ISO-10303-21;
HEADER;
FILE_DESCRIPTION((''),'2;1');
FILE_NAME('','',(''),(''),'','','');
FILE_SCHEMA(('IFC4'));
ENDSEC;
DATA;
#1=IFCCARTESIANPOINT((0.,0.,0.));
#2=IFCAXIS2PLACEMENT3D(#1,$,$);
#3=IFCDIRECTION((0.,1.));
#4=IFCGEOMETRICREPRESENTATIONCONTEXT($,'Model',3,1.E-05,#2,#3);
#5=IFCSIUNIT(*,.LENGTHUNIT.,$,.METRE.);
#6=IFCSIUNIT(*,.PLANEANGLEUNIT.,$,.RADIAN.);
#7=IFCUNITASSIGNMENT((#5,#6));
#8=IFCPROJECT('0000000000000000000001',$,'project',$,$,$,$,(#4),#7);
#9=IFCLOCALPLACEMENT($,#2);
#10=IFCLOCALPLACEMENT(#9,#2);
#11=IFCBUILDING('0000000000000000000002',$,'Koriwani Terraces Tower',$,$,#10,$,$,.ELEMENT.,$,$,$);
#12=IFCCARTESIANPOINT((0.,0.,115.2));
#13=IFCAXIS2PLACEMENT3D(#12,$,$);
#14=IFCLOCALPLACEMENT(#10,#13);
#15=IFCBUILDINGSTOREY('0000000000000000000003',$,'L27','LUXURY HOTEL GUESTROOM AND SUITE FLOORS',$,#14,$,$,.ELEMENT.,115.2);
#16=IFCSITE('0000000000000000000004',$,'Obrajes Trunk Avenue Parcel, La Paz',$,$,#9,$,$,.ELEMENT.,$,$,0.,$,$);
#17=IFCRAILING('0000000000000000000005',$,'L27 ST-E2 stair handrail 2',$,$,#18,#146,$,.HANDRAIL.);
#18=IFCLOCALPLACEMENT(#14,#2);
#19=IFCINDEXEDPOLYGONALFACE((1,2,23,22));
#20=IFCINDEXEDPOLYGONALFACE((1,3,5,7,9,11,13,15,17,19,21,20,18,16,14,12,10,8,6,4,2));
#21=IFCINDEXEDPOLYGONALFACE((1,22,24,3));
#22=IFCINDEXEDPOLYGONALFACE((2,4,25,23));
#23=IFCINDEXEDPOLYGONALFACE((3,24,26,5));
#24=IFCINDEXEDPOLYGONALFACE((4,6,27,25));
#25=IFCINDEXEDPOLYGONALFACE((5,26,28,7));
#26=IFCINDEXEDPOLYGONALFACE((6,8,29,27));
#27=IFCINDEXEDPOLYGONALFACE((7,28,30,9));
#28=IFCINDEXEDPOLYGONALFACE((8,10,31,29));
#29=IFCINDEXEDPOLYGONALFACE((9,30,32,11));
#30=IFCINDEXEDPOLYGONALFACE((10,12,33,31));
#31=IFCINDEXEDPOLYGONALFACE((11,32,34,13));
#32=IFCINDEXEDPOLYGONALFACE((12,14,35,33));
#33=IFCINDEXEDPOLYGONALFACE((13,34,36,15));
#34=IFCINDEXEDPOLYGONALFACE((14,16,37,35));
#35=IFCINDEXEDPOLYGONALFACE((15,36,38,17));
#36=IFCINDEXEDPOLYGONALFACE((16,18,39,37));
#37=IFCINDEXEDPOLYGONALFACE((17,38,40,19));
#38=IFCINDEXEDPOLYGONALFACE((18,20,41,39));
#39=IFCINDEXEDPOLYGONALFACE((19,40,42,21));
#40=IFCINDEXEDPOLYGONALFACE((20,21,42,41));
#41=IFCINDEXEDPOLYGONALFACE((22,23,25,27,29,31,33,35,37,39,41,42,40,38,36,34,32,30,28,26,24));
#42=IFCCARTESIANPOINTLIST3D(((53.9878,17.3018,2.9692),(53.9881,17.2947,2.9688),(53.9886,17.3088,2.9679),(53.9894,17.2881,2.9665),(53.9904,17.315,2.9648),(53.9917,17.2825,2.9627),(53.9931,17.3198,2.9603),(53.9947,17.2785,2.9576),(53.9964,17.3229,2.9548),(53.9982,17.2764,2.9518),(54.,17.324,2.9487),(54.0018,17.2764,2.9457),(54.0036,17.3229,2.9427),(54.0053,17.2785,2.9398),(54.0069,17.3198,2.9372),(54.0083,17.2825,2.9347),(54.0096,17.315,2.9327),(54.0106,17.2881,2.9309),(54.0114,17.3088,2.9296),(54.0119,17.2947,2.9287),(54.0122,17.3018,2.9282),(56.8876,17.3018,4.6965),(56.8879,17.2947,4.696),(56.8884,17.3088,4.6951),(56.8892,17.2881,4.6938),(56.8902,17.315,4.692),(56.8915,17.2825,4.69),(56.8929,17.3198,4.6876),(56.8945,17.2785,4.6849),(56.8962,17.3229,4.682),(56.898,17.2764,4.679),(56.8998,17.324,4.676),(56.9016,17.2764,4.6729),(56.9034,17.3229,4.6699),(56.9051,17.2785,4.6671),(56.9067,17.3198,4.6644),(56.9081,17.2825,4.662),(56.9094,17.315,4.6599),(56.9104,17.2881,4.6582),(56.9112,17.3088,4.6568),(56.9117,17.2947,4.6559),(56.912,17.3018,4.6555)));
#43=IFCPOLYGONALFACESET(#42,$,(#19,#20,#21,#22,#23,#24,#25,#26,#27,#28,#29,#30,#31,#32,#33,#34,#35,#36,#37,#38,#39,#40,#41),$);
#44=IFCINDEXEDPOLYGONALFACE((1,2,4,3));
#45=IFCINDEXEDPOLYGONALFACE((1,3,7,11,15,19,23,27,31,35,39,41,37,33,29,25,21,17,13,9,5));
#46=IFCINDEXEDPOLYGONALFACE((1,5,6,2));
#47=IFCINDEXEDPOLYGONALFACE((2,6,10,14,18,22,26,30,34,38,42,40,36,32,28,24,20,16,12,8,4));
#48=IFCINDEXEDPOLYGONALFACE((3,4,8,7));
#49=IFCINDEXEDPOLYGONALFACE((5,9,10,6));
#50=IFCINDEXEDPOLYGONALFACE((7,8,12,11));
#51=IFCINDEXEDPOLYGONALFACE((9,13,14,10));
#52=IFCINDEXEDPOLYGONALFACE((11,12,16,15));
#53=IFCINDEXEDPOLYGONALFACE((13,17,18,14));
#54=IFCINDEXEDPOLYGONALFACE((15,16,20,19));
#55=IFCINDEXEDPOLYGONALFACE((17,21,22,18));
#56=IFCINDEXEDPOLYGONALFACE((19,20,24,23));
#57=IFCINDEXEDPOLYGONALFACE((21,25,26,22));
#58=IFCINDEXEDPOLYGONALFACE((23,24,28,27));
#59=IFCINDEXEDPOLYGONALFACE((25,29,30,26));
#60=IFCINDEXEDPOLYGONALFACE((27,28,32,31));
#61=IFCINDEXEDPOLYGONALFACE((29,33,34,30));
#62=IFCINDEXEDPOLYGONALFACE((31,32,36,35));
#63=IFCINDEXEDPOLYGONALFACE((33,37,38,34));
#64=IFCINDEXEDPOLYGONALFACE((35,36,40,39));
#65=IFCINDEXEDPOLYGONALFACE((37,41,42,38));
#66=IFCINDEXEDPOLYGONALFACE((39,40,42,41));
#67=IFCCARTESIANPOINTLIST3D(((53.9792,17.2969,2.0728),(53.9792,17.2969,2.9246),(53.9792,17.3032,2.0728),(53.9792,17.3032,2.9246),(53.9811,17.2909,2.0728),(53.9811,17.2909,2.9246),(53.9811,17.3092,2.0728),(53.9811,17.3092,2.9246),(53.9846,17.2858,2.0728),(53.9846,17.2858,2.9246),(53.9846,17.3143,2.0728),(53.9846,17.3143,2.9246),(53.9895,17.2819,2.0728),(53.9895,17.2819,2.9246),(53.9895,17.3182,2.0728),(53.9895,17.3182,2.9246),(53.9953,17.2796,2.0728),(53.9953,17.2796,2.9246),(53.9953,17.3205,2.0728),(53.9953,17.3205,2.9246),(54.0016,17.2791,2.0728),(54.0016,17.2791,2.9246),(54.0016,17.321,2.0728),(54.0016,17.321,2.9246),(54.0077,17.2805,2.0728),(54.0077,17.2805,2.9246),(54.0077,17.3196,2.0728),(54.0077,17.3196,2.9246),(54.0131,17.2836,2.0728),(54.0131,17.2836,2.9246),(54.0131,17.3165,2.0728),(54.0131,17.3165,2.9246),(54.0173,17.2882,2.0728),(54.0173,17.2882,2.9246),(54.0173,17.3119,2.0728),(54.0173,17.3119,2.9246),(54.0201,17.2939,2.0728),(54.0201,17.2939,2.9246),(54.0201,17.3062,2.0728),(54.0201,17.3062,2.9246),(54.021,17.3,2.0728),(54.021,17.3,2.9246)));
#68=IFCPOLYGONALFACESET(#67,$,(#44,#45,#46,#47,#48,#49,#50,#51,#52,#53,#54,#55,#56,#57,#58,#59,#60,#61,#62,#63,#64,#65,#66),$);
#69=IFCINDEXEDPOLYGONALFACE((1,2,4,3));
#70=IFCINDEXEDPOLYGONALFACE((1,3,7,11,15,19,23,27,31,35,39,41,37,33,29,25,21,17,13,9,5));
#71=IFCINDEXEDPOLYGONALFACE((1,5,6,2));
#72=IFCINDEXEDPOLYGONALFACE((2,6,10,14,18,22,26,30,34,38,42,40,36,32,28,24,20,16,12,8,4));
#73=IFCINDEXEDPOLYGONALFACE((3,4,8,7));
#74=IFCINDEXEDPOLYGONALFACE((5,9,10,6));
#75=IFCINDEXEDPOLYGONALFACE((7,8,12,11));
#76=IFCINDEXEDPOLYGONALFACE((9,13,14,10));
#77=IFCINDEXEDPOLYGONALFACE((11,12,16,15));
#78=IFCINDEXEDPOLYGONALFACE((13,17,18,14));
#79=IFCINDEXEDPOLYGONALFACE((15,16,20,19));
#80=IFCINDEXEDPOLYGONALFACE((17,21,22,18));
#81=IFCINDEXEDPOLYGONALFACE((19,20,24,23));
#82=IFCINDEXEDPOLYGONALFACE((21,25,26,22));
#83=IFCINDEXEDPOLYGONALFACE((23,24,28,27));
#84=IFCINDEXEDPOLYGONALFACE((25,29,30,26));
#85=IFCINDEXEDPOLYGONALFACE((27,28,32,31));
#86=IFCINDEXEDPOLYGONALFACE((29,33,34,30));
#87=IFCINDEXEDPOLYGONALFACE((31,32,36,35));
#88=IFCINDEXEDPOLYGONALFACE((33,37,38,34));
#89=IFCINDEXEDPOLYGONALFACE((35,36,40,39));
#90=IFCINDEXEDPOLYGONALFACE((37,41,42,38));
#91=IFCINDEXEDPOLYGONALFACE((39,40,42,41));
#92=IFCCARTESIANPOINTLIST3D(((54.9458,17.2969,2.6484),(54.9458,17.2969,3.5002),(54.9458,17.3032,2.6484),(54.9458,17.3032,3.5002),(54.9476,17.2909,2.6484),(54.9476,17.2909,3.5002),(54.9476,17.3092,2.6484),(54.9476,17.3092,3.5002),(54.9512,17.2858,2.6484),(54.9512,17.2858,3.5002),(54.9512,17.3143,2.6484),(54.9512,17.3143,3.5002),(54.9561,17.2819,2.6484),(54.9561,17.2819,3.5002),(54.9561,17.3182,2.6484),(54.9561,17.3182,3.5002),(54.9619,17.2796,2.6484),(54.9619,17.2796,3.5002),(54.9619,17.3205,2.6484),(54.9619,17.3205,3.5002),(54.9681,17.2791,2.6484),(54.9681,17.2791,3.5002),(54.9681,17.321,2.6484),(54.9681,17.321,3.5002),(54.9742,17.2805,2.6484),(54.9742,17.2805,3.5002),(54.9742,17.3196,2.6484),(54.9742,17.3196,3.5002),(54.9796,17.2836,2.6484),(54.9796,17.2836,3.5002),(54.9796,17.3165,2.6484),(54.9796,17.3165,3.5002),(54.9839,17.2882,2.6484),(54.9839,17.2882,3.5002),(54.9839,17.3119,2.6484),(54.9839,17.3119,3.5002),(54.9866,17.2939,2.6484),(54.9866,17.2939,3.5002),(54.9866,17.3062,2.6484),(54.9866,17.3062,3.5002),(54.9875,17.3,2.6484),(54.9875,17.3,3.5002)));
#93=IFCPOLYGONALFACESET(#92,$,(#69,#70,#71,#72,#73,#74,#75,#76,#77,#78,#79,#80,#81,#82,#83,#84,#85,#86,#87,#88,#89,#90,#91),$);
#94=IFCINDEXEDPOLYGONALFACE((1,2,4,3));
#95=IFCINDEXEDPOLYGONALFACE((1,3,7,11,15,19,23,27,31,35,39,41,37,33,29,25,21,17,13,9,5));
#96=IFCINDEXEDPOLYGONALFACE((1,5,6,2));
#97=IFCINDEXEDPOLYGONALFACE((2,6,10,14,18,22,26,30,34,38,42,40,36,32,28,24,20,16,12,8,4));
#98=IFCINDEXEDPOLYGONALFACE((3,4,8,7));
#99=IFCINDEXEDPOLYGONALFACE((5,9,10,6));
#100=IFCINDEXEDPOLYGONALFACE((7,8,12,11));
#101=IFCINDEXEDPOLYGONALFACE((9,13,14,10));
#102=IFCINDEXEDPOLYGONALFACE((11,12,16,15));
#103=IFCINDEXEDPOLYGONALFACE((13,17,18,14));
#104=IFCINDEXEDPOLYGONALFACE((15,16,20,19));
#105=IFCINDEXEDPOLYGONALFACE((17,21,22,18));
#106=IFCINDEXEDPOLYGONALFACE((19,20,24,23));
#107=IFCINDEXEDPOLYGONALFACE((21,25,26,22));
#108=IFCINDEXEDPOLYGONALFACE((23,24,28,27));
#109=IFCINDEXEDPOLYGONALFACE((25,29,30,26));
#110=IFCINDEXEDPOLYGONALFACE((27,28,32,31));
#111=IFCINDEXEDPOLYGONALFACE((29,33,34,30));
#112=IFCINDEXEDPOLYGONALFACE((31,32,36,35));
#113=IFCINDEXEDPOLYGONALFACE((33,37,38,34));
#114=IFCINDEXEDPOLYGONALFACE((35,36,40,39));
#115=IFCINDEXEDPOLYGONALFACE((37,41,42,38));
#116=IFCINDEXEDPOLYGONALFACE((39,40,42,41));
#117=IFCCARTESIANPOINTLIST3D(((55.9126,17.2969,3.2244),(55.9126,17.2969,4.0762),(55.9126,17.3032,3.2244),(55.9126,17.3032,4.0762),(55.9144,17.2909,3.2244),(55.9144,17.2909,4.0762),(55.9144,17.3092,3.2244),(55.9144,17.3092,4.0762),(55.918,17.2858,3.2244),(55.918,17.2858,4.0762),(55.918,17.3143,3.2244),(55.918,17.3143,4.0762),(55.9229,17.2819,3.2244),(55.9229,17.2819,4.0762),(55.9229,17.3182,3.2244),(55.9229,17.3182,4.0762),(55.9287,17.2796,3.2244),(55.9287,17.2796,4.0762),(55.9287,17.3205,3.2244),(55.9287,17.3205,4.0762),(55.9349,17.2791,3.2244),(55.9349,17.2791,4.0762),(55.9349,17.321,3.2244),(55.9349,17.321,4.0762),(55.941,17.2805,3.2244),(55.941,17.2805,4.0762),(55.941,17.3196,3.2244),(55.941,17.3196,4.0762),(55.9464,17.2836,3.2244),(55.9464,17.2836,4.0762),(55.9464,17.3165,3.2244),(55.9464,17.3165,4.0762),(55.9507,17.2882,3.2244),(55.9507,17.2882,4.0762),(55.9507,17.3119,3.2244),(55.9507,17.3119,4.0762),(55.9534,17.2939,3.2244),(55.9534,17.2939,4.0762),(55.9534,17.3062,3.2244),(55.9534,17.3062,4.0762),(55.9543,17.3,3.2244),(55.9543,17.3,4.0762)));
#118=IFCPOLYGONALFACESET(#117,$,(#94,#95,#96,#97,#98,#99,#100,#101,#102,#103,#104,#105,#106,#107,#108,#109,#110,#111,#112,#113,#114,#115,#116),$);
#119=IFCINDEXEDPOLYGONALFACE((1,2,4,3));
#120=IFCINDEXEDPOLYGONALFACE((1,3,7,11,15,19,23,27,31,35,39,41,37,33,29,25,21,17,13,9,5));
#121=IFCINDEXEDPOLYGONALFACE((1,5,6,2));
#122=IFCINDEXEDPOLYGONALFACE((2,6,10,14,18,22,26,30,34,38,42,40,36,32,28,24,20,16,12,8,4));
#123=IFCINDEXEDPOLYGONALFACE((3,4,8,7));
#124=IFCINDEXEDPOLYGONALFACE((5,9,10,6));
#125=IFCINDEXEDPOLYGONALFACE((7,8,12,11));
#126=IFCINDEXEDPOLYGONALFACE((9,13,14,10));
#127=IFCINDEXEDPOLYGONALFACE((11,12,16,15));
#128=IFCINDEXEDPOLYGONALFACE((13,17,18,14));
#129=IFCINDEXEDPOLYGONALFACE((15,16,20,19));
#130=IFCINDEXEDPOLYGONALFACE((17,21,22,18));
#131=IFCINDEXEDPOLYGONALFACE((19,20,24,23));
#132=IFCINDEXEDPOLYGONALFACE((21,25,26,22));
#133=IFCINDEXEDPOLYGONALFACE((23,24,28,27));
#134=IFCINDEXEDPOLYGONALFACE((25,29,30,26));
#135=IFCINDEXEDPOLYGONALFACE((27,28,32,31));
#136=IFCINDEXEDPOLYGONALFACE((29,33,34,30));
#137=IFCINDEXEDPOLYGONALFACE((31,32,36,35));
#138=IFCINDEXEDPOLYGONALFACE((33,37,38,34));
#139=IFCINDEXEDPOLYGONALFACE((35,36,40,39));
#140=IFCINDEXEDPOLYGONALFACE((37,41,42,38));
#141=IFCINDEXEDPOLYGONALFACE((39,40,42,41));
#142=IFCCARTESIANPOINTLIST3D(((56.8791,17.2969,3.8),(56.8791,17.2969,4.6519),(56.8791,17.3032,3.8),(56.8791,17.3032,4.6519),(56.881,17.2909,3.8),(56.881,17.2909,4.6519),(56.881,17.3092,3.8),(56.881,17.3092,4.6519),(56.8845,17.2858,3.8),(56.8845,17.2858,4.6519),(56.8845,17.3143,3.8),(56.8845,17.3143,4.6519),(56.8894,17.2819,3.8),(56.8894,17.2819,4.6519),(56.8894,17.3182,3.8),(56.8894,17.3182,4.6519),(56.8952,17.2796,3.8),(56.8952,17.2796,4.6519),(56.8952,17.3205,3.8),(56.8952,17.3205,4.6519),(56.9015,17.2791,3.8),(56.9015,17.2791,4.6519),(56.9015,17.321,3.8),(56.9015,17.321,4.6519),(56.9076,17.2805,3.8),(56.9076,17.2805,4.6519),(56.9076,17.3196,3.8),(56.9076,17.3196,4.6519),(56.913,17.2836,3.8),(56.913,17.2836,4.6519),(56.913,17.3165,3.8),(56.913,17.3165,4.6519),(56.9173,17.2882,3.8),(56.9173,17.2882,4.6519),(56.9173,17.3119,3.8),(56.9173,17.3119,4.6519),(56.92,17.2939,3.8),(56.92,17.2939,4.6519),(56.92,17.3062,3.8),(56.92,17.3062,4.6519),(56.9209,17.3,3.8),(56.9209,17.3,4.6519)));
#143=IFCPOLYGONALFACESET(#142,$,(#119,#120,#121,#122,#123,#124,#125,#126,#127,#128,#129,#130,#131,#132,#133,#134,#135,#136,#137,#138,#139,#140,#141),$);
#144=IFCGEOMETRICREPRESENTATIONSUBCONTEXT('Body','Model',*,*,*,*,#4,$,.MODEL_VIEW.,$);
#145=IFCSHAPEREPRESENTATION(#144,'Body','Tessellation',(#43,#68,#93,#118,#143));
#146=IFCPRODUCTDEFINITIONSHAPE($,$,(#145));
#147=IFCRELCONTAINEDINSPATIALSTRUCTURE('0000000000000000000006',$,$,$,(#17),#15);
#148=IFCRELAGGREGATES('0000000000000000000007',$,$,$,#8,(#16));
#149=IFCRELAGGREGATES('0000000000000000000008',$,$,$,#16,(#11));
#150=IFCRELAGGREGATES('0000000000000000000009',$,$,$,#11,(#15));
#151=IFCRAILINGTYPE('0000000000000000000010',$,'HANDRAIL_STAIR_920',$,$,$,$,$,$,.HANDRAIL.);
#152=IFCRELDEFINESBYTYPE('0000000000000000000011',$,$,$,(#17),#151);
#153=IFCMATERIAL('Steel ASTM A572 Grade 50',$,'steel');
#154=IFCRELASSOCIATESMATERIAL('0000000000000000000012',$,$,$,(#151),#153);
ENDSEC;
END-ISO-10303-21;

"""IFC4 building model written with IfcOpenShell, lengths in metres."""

from ifc_helpers import new_model, si_unit, direction, frame, origin, origin_2d, place, context, subcontext, project, spatial, circle, extrude, material, type_object, element, save


model = new_model("IFC4")

# Units and contexts
model_context = context("Model", 3, precision=1e-05, world=origin(), true_north=direction((0.0, 1.0)))
body_context = subcontext(model_context, "Body", "Model", "MODEL_VIEW")
ifc_project = project(units=[si_unit("LENGTHUNIT", "METRE"), si_unit("PLANEANGLEUNIT", "RADIAN")], contexts=[model_context])

# Site, building, storey
site_placement = place(None, origin())
site = spatial("IfcSite", under=ifc_project, at=site_placement, Name="Obrajes Trunk Avenue Parcel, La Paz", CompositionType="ELEMENT", RefElevation=0.0)
building_placement = place(site_placement, origin())
building = spatial("IfcBuilding", under=site, at=building_placement, Name="Koriwani Terraces Tower", CompositionType="ELEMENT")
storey_placement = place(building_placement, frame((0.0, 0.0, 115.2)))
storey = spatial("IfcBuildingStorey", under=building, at=storey_placement, Name="L27", Description="LUXURY HOTEL GUESTROOM AND SUITE FLOORS", CompositionType="ELEMENT", Elevation=115.2)

# Shared definitions
ifc_material_1 = material(Name="Steel ASTM A572 Grade 50", Category="steel")

# Railing
railing_type_1 = type_object("IfcRailingType", Name="HANDRAIL_STAIR_920", PredefinedType="HANDRAIL", material=ifc_material_1)
for number, where, name in (
    (1, (54.0, 17.3, 2.0728), "L27 ST-E2 stair handrail 2"),
):
    element("IfcRailing", number, at=place(storey_placement, frame(where)), inside=storey, type_object=railing_type_1, Name=name, PredefinedType="HANDRAIL", context=body_context, shape_type="SweptSolid", body=[
        extrude(circle(Radius=0.0239, at=origin_2d()), frame((0.0, 0.0, 0.876), z_axis=(0.859141, 0.0, 0.511738), x_axis=(0.0, 1.0, 0.0)), (0.0, 0.0, 1.0), 3.3752),
        extrude(circle(Radius=0.021, at=origin_2d()), origin(), (0.0, 0.0, 1.0), 0.8518),
        extrude(circle(Radius=0.021, at=origin_2d()), frame((0.9666, 0.0, 0.5757)), (0.0, 0.0, 1.0), 0.8518),
        extrude(circle(Radius=0.021, at=origin_2d()), frame((1.9333, 0.0, 1.1516)), (0.0, 0.0, 1.0), 0.8518),
        extrude(circle(Radius=0.021, at=origin_2d()), frame((2.8999, 0.0, 1.7273)), (0.0, 0.0, 1.0), 0.8518),
    ])

save(model, "model.ifc")
